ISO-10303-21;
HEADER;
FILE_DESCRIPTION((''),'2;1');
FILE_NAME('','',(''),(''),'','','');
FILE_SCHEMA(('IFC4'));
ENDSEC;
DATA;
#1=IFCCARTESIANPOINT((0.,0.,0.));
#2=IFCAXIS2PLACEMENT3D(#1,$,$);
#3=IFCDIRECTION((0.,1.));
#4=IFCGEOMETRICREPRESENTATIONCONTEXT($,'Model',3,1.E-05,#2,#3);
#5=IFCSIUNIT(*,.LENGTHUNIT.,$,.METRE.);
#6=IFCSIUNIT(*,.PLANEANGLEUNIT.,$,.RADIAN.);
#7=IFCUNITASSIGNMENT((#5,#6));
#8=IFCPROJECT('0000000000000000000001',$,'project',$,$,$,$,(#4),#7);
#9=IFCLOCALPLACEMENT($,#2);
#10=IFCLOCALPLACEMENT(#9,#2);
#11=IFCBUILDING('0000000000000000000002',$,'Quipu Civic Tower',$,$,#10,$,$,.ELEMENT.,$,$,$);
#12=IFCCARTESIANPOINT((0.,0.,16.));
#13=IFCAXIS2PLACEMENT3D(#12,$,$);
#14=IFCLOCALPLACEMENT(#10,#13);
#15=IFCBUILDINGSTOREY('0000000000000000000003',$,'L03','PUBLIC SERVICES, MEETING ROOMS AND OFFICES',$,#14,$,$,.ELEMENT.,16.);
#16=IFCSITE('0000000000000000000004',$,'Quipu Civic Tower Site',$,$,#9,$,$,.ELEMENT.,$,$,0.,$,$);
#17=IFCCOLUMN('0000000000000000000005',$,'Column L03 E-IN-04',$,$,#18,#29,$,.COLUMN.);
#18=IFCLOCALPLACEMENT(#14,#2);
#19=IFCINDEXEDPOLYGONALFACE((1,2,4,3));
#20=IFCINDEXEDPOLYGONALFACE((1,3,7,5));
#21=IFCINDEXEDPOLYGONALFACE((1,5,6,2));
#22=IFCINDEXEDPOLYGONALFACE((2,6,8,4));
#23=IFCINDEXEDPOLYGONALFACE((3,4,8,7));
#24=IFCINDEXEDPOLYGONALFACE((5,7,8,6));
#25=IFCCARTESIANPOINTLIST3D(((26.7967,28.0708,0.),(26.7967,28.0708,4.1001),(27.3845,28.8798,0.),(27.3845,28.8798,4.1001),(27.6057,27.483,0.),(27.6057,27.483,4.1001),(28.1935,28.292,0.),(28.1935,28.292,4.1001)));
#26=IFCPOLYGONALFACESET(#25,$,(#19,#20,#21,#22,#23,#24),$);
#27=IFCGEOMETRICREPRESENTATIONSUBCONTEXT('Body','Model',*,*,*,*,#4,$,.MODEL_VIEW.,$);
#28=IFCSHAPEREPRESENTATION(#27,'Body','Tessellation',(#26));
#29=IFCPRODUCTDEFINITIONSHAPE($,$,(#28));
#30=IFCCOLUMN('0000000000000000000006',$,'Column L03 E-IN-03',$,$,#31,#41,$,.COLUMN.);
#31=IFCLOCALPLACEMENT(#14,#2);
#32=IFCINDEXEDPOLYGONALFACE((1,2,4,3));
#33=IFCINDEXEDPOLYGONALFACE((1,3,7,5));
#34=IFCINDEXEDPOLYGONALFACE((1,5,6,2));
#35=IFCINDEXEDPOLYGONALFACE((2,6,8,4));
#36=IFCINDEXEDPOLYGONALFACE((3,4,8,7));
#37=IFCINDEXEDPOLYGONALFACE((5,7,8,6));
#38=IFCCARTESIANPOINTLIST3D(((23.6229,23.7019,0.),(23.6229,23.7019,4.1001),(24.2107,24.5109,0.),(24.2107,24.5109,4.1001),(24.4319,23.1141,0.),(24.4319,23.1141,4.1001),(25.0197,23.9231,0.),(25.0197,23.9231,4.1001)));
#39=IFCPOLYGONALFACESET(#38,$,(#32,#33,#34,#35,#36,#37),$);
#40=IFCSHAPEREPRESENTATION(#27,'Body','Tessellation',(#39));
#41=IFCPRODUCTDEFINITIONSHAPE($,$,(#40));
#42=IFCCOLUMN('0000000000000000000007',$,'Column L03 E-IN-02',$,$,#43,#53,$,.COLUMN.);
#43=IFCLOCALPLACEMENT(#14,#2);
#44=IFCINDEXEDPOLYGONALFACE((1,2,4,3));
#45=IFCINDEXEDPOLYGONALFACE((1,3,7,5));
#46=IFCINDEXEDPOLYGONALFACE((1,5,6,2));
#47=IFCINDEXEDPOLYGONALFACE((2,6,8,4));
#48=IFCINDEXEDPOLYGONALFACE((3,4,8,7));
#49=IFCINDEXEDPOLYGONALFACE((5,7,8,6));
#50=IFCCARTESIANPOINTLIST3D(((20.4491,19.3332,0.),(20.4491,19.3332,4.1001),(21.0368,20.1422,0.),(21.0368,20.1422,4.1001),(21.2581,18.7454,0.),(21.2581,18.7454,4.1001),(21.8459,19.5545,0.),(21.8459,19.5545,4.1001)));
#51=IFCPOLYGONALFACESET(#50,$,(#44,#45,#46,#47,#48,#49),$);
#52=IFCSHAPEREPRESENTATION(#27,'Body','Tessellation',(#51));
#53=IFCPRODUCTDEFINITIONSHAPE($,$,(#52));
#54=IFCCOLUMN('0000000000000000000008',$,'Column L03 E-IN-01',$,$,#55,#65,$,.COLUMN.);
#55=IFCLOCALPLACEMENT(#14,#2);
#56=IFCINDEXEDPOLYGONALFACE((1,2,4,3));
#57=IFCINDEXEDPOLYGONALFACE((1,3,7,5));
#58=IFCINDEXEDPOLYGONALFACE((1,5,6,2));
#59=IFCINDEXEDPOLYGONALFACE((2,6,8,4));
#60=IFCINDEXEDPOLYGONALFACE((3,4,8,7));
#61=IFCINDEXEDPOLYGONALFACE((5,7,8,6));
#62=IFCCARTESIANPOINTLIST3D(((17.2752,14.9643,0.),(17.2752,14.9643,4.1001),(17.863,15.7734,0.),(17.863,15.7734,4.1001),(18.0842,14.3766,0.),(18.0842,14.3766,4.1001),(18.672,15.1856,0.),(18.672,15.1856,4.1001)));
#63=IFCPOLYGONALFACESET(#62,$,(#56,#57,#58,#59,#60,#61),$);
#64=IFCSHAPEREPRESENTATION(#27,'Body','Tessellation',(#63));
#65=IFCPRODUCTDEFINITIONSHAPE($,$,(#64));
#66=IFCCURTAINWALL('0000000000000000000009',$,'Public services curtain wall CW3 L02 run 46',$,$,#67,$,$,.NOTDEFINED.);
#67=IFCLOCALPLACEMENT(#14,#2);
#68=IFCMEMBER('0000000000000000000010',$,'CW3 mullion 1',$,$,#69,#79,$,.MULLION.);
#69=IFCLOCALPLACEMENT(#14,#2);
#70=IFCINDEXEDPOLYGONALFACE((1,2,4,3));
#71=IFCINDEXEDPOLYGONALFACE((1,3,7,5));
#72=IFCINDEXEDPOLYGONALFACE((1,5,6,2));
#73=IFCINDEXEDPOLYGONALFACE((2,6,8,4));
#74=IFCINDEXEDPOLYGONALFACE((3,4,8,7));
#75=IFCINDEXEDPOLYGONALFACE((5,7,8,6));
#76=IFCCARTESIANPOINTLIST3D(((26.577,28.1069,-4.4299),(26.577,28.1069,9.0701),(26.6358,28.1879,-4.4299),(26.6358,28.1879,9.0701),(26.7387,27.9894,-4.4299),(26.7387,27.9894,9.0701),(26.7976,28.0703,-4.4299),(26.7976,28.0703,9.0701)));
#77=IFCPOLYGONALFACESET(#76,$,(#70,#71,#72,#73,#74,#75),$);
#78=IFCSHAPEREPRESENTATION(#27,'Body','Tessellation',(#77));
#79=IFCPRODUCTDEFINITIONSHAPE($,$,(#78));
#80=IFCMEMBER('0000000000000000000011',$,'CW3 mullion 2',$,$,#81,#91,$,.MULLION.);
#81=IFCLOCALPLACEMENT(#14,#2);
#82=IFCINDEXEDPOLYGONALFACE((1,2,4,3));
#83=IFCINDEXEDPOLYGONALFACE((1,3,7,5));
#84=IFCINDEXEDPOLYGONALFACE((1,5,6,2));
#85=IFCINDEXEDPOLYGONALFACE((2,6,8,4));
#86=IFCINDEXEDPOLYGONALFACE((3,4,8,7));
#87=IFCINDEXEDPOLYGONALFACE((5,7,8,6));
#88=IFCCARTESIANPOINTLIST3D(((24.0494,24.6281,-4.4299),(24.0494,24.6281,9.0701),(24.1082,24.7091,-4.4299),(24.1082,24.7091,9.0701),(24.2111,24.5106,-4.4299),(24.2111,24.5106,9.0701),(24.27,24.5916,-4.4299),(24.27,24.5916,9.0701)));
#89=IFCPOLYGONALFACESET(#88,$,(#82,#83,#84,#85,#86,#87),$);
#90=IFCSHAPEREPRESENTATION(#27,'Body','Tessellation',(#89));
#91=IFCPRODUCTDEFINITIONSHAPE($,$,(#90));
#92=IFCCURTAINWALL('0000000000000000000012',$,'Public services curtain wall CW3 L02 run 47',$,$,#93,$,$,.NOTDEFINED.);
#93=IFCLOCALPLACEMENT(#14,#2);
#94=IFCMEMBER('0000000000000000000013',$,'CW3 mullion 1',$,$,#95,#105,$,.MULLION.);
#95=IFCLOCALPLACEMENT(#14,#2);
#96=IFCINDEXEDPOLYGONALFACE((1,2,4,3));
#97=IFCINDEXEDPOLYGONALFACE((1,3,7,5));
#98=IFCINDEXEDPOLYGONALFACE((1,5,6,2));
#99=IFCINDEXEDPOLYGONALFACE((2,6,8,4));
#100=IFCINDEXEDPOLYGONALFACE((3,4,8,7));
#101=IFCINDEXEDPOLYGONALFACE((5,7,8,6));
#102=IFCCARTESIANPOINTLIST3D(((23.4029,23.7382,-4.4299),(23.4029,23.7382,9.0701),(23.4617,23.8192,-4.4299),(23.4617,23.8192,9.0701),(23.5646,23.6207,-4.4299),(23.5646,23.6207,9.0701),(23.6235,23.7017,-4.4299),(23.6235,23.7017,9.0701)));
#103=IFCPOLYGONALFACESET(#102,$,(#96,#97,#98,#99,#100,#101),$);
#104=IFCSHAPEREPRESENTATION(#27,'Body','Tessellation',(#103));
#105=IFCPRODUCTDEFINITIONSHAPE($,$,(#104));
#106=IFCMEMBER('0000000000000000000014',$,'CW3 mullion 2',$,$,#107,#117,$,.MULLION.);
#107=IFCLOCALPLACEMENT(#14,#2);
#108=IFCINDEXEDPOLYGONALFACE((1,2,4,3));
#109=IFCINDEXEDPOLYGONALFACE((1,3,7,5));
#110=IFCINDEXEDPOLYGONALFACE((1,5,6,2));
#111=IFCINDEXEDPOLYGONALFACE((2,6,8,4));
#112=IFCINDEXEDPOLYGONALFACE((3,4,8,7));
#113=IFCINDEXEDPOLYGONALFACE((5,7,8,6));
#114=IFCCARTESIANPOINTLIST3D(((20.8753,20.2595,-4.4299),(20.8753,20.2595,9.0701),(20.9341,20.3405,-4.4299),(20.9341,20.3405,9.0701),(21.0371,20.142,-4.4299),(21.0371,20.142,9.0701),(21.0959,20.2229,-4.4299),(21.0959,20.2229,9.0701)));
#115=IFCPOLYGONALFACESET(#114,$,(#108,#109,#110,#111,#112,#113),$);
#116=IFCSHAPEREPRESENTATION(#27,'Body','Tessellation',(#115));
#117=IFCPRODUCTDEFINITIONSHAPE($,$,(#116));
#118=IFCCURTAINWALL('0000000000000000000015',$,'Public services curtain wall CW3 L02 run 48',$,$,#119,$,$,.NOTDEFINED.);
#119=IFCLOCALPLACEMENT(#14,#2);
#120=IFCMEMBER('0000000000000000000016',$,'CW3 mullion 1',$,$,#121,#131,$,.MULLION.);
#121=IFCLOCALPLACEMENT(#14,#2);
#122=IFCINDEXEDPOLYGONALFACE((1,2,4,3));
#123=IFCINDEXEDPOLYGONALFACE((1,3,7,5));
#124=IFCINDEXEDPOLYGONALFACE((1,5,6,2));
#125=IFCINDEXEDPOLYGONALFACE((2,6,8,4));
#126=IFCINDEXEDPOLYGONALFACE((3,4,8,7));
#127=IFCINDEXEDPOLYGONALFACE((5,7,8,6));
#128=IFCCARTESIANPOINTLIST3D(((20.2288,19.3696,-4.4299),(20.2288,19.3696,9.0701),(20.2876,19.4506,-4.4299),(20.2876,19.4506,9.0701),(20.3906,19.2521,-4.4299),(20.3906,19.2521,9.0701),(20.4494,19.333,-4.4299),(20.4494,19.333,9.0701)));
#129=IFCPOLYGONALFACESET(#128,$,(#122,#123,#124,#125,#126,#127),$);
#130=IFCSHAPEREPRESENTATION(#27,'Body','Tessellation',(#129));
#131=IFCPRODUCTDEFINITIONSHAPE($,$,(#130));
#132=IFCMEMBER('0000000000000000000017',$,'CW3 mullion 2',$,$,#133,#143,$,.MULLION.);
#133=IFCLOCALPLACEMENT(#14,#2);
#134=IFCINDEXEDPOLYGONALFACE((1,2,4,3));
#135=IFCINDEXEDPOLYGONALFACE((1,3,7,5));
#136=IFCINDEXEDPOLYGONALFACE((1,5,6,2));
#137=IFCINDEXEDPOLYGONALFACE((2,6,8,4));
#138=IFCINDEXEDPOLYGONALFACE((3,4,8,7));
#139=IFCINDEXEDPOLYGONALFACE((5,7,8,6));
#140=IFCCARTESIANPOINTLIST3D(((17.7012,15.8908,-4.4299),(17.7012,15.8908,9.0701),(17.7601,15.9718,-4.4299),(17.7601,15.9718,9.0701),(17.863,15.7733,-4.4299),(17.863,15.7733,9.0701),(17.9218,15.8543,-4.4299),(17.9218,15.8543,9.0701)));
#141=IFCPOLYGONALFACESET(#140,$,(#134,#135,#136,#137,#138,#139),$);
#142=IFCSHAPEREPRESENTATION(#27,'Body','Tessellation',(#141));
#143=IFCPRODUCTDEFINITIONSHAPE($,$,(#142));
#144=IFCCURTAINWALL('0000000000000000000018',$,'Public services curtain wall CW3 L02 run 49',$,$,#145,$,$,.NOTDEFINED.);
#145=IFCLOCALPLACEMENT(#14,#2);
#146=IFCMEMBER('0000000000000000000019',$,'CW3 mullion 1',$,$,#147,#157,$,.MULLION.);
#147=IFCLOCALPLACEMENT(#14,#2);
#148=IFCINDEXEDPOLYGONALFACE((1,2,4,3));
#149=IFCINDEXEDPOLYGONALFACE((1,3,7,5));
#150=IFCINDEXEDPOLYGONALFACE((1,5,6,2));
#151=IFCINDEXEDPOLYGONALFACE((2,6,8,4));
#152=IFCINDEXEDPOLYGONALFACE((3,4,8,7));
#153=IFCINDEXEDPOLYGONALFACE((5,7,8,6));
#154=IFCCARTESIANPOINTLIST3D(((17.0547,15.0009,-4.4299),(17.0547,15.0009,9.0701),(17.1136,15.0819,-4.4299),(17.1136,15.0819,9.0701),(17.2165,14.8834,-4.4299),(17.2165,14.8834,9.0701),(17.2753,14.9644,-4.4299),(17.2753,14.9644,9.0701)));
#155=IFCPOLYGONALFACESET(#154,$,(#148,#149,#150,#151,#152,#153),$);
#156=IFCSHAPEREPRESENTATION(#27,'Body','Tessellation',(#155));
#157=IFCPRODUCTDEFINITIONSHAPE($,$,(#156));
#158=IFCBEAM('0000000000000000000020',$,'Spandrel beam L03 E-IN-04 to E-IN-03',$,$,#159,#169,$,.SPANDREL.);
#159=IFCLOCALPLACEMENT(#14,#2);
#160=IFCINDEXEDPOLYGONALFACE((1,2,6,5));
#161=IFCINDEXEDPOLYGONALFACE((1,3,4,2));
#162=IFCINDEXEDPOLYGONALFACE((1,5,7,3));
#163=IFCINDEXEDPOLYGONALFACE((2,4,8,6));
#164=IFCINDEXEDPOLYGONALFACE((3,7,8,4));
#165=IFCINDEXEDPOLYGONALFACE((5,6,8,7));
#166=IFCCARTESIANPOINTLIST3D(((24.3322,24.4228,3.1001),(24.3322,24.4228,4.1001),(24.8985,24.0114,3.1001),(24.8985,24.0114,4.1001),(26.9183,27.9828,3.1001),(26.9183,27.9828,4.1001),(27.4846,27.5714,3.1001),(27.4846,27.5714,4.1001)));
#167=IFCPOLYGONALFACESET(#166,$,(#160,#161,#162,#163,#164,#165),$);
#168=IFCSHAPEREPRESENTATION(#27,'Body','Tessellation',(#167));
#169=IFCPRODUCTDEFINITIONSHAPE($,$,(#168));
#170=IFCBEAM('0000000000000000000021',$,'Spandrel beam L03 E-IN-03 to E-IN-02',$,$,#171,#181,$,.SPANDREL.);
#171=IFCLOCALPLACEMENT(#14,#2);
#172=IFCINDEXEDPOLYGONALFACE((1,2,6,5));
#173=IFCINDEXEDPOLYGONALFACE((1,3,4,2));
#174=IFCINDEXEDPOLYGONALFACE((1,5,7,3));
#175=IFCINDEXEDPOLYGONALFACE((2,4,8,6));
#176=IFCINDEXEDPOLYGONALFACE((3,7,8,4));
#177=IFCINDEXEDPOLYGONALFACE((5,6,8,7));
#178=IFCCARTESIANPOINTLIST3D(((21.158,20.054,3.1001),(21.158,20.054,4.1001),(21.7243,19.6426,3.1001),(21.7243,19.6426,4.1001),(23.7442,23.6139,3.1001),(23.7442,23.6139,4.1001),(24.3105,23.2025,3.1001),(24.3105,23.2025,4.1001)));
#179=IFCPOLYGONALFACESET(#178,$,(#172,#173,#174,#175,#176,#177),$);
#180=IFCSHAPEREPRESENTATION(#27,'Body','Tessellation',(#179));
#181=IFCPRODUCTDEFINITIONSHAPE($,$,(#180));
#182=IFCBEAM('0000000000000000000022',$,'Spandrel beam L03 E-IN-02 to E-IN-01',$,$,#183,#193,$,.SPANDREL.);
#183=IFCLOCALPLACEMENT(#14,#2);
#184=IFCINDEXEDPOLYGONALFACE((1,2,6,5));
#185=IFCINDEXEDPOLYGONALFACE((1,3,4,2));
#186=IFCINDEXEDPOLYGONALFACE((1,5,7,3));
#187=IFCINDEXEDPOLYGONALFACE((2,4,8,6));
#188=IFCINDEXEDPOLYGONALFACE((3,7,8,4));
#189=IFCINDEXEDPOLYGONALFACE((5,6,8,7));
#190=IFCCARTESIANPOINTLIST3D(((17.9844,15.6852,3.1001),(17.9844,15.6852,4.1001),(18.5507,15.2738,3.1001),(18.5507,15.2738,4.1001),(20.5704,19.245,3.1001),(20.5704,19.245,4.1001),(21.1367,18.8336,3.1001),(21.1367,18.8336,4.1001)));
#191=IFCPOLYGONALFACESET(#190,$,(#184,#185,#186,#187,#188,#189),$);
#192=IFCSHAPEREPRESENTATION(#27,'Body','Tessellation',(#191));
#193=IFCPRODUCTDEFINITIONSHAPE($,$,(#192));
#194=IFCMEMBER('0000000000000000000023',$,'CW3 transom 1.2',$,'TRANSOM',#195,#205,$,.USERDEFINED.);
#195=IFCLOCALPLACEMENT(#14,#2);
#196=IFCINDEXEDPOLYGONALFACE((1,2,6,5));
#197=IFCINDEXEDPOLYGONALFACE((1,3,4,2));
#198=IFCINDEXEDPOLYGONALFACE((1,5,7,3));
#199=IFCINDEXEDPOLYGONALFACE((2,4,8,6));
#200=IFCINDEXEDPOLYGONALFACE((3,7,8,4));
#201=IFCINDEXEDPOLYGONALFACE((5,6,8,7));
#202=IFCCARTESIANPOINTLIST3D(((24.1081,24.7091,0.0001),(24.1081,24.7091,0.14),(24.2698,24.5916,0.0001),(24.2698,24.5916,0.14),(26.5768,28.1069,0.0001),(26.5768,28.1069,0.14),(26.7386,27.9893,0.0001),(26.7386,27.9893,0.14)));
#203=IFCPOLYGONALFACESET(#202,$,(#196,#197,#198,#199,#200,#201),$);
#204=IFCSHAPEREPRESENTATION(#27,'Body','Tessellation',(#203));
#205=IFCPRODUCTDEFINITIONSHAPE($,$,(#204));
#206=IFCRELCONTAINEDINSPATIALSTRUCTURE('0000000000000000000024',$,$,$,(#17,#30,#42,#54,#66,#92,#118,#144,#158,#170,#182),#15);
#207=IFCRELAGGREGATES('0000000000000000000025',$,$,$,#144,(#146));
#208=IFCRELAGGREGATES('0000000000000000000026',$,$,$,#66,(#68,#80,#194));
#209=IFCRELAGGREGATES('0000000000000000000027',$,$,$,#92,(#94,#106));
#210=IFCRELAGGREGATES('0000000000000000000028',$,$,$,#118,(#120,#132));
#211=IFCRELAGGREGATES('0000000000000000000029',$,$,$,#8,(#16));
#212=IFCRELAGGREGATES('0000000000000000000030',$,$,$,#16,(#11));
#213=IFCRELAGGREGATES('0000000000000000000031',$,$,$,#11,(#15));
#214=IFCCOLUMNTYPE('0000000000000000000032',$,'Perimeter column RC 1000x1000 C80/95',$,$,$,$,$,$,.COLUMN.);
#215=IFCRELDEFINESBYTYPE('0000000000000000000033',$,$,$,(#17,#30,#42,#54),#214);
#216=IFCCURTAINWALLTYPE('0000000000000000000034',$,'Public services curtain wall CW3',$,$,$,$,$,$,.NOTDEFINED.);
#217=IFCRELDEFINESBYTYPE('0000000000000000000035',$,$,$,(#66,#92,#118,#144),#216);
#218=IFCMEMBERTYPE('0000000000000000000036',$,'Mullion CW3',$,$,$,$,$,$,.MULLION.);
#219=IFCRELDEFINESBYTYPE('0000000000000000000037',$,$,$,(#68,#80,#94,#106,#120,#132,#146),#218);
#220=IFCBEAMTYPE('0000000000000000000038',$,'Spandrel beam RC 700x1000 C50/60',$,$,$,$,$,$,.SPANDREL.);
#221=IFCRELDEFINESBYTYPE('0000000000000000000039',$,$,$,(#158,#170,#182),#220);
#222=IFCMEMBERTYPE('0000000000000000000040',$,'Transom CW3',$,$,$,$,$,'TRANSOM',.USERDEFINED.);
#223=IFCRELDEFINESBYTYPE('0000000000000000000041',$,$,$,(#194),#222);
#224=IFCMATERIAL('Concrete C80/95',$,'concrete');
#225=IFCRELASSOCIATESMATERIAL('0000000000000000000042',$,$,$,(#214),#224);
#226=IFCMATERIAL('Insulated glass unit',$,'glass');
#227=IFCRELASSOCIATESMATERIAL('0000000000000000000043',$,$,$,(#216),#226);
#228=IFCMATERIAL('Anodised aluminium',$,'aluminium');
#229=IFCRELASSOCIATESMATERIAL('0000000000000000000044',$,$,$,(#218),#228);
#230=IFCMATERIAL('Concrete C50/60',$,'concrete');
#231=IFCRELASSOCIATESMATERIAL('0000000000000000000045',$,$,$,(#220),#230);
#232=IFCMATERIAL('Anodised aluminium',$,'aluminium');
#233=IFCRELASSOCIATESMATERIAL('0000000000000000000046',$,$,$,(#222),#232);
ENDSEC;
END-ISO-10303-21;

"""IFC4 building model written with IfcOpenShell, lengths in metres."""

from ifc_helpers import new_model, si_unit, direction, frame, origin, origin_2d, place, context, subcontext, project, spatial, rectangle, extrude, material, material_profile, profile_set, type_object, element, aggregate, save


model = new_model("IFC4")

# Units and contexts
model_context = context("Model", 3, precision=1e-05, world=origin(), true_north=direction((0.0, 1.0)))
body_context = subcontext(model_context, "Body", "Model", "MODEL_VIEW")
ifc_project = project(units=[si_unit("LENGTHUNIT", "METRE"), si_unit("PLANEANGLEUNIT", "RADIAN")], contexts=[model_context])

# Site, building, storey
site_placement = place(None, origin())
site = spatial("IfcSite", under=ifc_project, at=site_placement, Name="Quipu Civic Tower Site", CompositionType="ELEMENT", RefElevation=0.0)
building_placement = place(site_placement, origin())
building = spatial("IfcBuilding", under=site, at=building_placement, Name="Quipu Civic Tower", CompositionType="ELEMENT")
storey_placement = place(building_placement, frame((0.0, 0.0, 16.0)))
storey = spatial("IfcBuildingStorey", under=building, at=storey_placement, Name="L03", Description="PUBLIC SERVICES, MEETING ROOMS AND OFFICES", CompositionType="ELEMENT", Elevation=16.0)

# Columns
ifc_material_1 = material(Name="Concrete C80/95", Category="concrete")
ifc_material_profile_1 = material_profile(ifc_material_1, rectangle(XDim=1.0, YDim=1.0, at=origin_2d()), Name="RC1000x1000")
ifc_profile_set_1 = profile_set([ifc_material_profile_1], Name="Concrete C80/95")
column_type = type_object("IfcColumnType", Name="Perimeter column RC 1000x1000 C80/95", PredefinedType="COLUMN", material=ifc_profile_set_1)
for number, where, z_axis, x_axis, name in (
    (1, (27.4951, 28.1814, 0.0), (0.0, 0.0, 1.0), (-0.587785, -0.809017, 0.0), "Column L03 E-IN-04"),
    (2, (24.3213, 23.8125, 0.0), (0.0, 0.0, 1.0), (-0.587785, -0.809017, 0.0), "Column L03 E-IN-03"),
    (3, (21.1475, 19.4438, 0.0), (0.0, 0.0, 1.0), (-0.587785, -0.809017, 0.0), "Column L03 E-IN-02"),
    (4, (17.9736, 15.075, 0.0), (0.0, 0.0, 1.0), (-0.587785, -0.809017, 0.0), "Column L03 E-IN-01"),
):
    element("IfcColumn", number, at=place(storey_placement, frame(where, z_axis=z_axis, x_axis=x_axis)), inside=storey, type_object=column_type, Name=name, PredefinedType="COLUMN", context=body_context, shape_type="SweptSolid", body=[
        extrude(rectangle(XDim=1.0, YDim=1.0, at=origin_2d()), origin(), (0.0, 0.0, 1.0), 4.1001),
    ])

# Curtain walls, members
ifc_material_2 = material(Name="Insulated glass unit", Category="glass")
curtain_wall_type = type_object("IfcCurtainWallType", Name="Public services curtain wall CW3", PredefinedType="NOTDEFINED", material=ifc_material_2)
curtain_wall_1_placement = place(storey_placement, origin())
curtain_wall_1 = element("IfcCurtainWall", 5, at=curtain_wall_1_placement, inside=storey, type_object=curtain_wall_type, Name="Public services curtain wall CW3 L02 run 46", PredefinedType="NOTDEFINED")
ifc_material_3 = material(Name="Anodised aluminium", Category="aluminium")
ifc_material_profile_2 = material_profile(ifc_material_3, rectangle(XDim=0.2, YDim=0.1001, at=origin_2d()), Name="RECT 200x100")
ifc_profile_set_2 = profile_set([ifc_material_profile_2], Name="Anodised aluminium")
member_type_1 = type_object("IfcMemberType", Name="Mullion CW3", PredefinedType="MULLION", material=ifc_profile_set_2)
member_1_placement = place(storey_placement, frame((26.6873, 28.0886, -4.4299), z_axis=(0.0, 0.0, 1.0), x_axis=(0.809014, -0.587789, 0.0)))
member_1 = element("IfcMember", 6, at=member_1_placement, type_object=member_type_1, Name="CW3 mullion 1", PredefinedType="MULLION", context=body_context, shape_type="SweptSolid", body=[
    extrude(rectangle(XDim=0.2, YDim=0.1001, at=origin_2d()), origin(), (0.0, 0.0, 1.0), 13.5),
])
member_2_placement = place(storey_placement, frame((24.1597, 24.6099, -4.4299), z_axis=(0.0, 0.0, 1.0), x_axis=(0.809014, -0.587789, 0.0)))
member_2 = element("IfcMember", 7, at=member_2_placement, type_object=member_type_1, Name="CW3 mullion 2", PredefinedType="MULLION", context=body_context, shape_type="SweptSolid", body=[
    extrude(rectangle(XDim=0.2, YDim=0.1001, at=origin_2d()), origin(), (0.0, 0.0, 1.0), 13.5),
])
curtain_wall_2_placement = place(storey_placement, origin())
curtain_wall_2 = element("IfcCurtainWall", 8, at=curtain_wall_2_placement, inside=storey, type_object=curtain_wall_type, Name="Public services curtain wall CW3 L02 run 47", PredefinedType="NOTDEFINED")
member_3_placement = place(storey_placement, frame((23.5132, 23.72, -4.4299), z_axis=(0.0, 0.0, 1.0), x_axis=(0.809025, -0.587774, 0.0)))
member_3 = element("IfcMember", 9, at=member_3_placement, type_object=member_type_1, Name="CW3 mullion 1", PredefinedType="MULLION", context=body_context, shape_type="SweptSolid", body=[
    extrude(rectangle(XDim=0.2, YDim=0.1001, at=origin_2d()), origin(), (0.0, 0.0, 1.0), 13.5),
])
member_4_placement = place(storey_placement, frame((20.9856, 20.2412, -4.4299), z_axis=(0.0, 0.0, 1.0), x_axis=(0.809025, -0.587774, 0.0)))
member_4 = element("IfcMember", 10, at=member_4_placement, type_object=member_type_1, Name="CW3 mullion 2", PredefinedType="MULLION", context=body_context, shape_type="SweptSolid", body=[
    extrude(rectangle(XDim=0.2, YDim=0.1001, at=origin_2d()), origin(), (0.0, 0.0, 1.0), 13.5),
])
curtain_wall_3_placement = place(storey_placement, origin())
curtain_wall_3 = element("IfcCurtainWall", 11, at=curtain_wall_3_placement, inside=storey, type_object=curtain_wall_type, Name="Public services curtain wall CW3 L02 run 48", PredefinedType="NOTDEFINED")
member_5_placement = place(storey_placement, frame((20.3391, 19.3513, -4.4299), z_axis=(0.0, 0.0, 1.0), x_axis=(0.809006, -0.5878, 0.0)))
member_5 = element("IfcMember", 12, at=member_5_placement, type_object=member_type_1, Name="CW3 mullion 1", PredefinedType="MULLION", context=body_context, shape_type="SweptSolid", body=[
    extrude(rectangle(XDim=0.2, YDim=0.1001, at=origin_2d()), origin(), (0.0, 0.0, 1.0), 13.5),
])
member_6_placement = place(storey_placement, frame((17.8115, 15.8726, -4.4299), z_axis=(0.0, 0.0, 1.0), x_axis=(0.809006, -0.5878, 0.0)))
member_6 = element("IfcMember", 13, at=member_6_placement, type_object=member_type_1, Name="CW3 mullion 2", PredefinedType="MULLION", context=body_context, shape_type="SweptSolid", body=[
    extrude(rectangle(XDim=0.2, YDim=0.1001, at=origin_2d()), origin(), (0.0, 0.0, 1.0), 13.5),
])

# Curtain wall, member
curtain_wall_4_placement = place(storey_placement, origin())
curtain_wall_4 = element("IfcCurtainWall", 14, at=curtain_wall_4_placement, inside=storey, type_object=curtain_wall_type, Name="Public services curtain wall CW3 L02 run 49", PredefinedType="NOTDEFINED")
member_7_placement = place(storey_placement, frame((17.165, 14.9827, -4.4299), z_axis=(0.0, 0.0, 1.0), x_axis=(0.80901, -0.587795, 0.0)))
member_7 = element("IfcMember", 15, at=member_7_placement, type_object=member_type_1, Name="CW3 mullion 1", PredefinedType="MULLION", context=body_context, shape_type="SweptSolid", body=[
    extrude(rectangle(XDim=0.2, YDim=0.1001, at=origin_2d()), origin(), (0.0, 0.0, 1.0), 13.5),
])
aggregate(curtain_wall_4, [member_7])

# Beams
ifc_material_4 = material(Name="Concrete C50/60", Category="concrete")
ifc_material_profile_3 = material_profile(ifc_material_4, rectangle(XDim=0.7, YDim=1.0, at=origin_2d()), Name="RC700x1000")
ifc_profile_set_3 = profile_set([ifc_material_profile_3], Name="Concrete C50/60")
beam_type = type_object("IfcBeamType", Name="Spandrel beam RC 700x1000 C50/60", PredefinedType="SPANDREL", material=ifc_profile_set_3)
for number, where, z_axis, x_axis, name in (
    (16, (27.2014, 27.7771, 3.6001), (-0.587733, -0.809055, 0.0), (0.809055, -0.587733, 0.0), "Spandrel beam L03 E-IN-04 to E-IN-03"),
    (17, (24.0273, 23.4082, 3.6001), (-0.587759, -0.809036, 0.0), (0.809036, -0.587759, 0.0), "Spandrel beam L03 E-IN-03 to E-IN-02"),
):
    element("IfcBeam", number, at=place(storey_placement, frame(where, z_axis=z_axis, x_axis=x_axis)), inside=storey, type_object=beam_type, Name=name, PredefinedType="SPANDREL", context=body_context, shape_type="SweptSolid", body=[
        extrude(rectangle(XDim=0.7, YDim=1.0, at=origin_2d()), origin(), (0.0, 0.0, 1.0), 4.4001),
    ])
beam_placement = place(storey_placement, frame((20.8535, 19.0393, 3.6001), z_axis=(-0.587723, -0.809062, 0.0), x_axis=(0.809062, -0.587723, 0.0)))
element("IfcBeam", 18, at=beam_placement, inside=storey, type_object=beam_type, Name="Spandrel beam L03 E-IN-02 to E-IN-01", PredefinedType="SPANDREL", context=body_context, shape_type="SweptSolid", body=[
    extrude(rectangle(XDim=0.7, YDim=1.0, at=origin_2d()), origin(), (0.0, 0.0, 1.0), 4.3999),
])

# Member
ifc_material_5 = material(Name="Anodised aluminium", Category="aluminium")
ifc_material_profile_4 = material_profile(ifc_material_5, rectangle(XDim=0.2, YDim=0.1399, at=origin_2d()), Name="RECT 200x140")
ifc_profile_set_4 = profile_set([ifc_material_profile_4], Name="Anodised aluminium")
member_type_2 = type_object("IfcMemberType", Name="Transom CW3", ElementType="TRANSOM", PredefinedType="USERDEFINED", material=ifc_profile_set_4)
member_8_placement = place(storey_placement, frame((26.6577, 28.0481, 0.0701), z_axis=(-0.587812, -0.808997, 0.0), x_axis=(0.808997, -0.587812, 0.0)))
member_8 = element("IfcMember", 19, at=member_8_placement, type_object=member_type_2, Name="CW3 transom 1.2", ObjectType="TRANSOM", PredefinedType="USERDEFINED", context=body_context, shape_type="SweptSolid", body=[
    extrude(rectangle(XDim=0.2, YDim=0.1399, at=origin_2d()), origin(), (0.0, 0.0, 1.0), 4.2),
])

aggregate(curtain_wall_1, [member_1, member_2, member_8])
aggregate(curtain_wall_2, [member_3, member_4])
aggregate(curtain_wall_3, [member_5, member_6])

save(model, "model.ifc")
